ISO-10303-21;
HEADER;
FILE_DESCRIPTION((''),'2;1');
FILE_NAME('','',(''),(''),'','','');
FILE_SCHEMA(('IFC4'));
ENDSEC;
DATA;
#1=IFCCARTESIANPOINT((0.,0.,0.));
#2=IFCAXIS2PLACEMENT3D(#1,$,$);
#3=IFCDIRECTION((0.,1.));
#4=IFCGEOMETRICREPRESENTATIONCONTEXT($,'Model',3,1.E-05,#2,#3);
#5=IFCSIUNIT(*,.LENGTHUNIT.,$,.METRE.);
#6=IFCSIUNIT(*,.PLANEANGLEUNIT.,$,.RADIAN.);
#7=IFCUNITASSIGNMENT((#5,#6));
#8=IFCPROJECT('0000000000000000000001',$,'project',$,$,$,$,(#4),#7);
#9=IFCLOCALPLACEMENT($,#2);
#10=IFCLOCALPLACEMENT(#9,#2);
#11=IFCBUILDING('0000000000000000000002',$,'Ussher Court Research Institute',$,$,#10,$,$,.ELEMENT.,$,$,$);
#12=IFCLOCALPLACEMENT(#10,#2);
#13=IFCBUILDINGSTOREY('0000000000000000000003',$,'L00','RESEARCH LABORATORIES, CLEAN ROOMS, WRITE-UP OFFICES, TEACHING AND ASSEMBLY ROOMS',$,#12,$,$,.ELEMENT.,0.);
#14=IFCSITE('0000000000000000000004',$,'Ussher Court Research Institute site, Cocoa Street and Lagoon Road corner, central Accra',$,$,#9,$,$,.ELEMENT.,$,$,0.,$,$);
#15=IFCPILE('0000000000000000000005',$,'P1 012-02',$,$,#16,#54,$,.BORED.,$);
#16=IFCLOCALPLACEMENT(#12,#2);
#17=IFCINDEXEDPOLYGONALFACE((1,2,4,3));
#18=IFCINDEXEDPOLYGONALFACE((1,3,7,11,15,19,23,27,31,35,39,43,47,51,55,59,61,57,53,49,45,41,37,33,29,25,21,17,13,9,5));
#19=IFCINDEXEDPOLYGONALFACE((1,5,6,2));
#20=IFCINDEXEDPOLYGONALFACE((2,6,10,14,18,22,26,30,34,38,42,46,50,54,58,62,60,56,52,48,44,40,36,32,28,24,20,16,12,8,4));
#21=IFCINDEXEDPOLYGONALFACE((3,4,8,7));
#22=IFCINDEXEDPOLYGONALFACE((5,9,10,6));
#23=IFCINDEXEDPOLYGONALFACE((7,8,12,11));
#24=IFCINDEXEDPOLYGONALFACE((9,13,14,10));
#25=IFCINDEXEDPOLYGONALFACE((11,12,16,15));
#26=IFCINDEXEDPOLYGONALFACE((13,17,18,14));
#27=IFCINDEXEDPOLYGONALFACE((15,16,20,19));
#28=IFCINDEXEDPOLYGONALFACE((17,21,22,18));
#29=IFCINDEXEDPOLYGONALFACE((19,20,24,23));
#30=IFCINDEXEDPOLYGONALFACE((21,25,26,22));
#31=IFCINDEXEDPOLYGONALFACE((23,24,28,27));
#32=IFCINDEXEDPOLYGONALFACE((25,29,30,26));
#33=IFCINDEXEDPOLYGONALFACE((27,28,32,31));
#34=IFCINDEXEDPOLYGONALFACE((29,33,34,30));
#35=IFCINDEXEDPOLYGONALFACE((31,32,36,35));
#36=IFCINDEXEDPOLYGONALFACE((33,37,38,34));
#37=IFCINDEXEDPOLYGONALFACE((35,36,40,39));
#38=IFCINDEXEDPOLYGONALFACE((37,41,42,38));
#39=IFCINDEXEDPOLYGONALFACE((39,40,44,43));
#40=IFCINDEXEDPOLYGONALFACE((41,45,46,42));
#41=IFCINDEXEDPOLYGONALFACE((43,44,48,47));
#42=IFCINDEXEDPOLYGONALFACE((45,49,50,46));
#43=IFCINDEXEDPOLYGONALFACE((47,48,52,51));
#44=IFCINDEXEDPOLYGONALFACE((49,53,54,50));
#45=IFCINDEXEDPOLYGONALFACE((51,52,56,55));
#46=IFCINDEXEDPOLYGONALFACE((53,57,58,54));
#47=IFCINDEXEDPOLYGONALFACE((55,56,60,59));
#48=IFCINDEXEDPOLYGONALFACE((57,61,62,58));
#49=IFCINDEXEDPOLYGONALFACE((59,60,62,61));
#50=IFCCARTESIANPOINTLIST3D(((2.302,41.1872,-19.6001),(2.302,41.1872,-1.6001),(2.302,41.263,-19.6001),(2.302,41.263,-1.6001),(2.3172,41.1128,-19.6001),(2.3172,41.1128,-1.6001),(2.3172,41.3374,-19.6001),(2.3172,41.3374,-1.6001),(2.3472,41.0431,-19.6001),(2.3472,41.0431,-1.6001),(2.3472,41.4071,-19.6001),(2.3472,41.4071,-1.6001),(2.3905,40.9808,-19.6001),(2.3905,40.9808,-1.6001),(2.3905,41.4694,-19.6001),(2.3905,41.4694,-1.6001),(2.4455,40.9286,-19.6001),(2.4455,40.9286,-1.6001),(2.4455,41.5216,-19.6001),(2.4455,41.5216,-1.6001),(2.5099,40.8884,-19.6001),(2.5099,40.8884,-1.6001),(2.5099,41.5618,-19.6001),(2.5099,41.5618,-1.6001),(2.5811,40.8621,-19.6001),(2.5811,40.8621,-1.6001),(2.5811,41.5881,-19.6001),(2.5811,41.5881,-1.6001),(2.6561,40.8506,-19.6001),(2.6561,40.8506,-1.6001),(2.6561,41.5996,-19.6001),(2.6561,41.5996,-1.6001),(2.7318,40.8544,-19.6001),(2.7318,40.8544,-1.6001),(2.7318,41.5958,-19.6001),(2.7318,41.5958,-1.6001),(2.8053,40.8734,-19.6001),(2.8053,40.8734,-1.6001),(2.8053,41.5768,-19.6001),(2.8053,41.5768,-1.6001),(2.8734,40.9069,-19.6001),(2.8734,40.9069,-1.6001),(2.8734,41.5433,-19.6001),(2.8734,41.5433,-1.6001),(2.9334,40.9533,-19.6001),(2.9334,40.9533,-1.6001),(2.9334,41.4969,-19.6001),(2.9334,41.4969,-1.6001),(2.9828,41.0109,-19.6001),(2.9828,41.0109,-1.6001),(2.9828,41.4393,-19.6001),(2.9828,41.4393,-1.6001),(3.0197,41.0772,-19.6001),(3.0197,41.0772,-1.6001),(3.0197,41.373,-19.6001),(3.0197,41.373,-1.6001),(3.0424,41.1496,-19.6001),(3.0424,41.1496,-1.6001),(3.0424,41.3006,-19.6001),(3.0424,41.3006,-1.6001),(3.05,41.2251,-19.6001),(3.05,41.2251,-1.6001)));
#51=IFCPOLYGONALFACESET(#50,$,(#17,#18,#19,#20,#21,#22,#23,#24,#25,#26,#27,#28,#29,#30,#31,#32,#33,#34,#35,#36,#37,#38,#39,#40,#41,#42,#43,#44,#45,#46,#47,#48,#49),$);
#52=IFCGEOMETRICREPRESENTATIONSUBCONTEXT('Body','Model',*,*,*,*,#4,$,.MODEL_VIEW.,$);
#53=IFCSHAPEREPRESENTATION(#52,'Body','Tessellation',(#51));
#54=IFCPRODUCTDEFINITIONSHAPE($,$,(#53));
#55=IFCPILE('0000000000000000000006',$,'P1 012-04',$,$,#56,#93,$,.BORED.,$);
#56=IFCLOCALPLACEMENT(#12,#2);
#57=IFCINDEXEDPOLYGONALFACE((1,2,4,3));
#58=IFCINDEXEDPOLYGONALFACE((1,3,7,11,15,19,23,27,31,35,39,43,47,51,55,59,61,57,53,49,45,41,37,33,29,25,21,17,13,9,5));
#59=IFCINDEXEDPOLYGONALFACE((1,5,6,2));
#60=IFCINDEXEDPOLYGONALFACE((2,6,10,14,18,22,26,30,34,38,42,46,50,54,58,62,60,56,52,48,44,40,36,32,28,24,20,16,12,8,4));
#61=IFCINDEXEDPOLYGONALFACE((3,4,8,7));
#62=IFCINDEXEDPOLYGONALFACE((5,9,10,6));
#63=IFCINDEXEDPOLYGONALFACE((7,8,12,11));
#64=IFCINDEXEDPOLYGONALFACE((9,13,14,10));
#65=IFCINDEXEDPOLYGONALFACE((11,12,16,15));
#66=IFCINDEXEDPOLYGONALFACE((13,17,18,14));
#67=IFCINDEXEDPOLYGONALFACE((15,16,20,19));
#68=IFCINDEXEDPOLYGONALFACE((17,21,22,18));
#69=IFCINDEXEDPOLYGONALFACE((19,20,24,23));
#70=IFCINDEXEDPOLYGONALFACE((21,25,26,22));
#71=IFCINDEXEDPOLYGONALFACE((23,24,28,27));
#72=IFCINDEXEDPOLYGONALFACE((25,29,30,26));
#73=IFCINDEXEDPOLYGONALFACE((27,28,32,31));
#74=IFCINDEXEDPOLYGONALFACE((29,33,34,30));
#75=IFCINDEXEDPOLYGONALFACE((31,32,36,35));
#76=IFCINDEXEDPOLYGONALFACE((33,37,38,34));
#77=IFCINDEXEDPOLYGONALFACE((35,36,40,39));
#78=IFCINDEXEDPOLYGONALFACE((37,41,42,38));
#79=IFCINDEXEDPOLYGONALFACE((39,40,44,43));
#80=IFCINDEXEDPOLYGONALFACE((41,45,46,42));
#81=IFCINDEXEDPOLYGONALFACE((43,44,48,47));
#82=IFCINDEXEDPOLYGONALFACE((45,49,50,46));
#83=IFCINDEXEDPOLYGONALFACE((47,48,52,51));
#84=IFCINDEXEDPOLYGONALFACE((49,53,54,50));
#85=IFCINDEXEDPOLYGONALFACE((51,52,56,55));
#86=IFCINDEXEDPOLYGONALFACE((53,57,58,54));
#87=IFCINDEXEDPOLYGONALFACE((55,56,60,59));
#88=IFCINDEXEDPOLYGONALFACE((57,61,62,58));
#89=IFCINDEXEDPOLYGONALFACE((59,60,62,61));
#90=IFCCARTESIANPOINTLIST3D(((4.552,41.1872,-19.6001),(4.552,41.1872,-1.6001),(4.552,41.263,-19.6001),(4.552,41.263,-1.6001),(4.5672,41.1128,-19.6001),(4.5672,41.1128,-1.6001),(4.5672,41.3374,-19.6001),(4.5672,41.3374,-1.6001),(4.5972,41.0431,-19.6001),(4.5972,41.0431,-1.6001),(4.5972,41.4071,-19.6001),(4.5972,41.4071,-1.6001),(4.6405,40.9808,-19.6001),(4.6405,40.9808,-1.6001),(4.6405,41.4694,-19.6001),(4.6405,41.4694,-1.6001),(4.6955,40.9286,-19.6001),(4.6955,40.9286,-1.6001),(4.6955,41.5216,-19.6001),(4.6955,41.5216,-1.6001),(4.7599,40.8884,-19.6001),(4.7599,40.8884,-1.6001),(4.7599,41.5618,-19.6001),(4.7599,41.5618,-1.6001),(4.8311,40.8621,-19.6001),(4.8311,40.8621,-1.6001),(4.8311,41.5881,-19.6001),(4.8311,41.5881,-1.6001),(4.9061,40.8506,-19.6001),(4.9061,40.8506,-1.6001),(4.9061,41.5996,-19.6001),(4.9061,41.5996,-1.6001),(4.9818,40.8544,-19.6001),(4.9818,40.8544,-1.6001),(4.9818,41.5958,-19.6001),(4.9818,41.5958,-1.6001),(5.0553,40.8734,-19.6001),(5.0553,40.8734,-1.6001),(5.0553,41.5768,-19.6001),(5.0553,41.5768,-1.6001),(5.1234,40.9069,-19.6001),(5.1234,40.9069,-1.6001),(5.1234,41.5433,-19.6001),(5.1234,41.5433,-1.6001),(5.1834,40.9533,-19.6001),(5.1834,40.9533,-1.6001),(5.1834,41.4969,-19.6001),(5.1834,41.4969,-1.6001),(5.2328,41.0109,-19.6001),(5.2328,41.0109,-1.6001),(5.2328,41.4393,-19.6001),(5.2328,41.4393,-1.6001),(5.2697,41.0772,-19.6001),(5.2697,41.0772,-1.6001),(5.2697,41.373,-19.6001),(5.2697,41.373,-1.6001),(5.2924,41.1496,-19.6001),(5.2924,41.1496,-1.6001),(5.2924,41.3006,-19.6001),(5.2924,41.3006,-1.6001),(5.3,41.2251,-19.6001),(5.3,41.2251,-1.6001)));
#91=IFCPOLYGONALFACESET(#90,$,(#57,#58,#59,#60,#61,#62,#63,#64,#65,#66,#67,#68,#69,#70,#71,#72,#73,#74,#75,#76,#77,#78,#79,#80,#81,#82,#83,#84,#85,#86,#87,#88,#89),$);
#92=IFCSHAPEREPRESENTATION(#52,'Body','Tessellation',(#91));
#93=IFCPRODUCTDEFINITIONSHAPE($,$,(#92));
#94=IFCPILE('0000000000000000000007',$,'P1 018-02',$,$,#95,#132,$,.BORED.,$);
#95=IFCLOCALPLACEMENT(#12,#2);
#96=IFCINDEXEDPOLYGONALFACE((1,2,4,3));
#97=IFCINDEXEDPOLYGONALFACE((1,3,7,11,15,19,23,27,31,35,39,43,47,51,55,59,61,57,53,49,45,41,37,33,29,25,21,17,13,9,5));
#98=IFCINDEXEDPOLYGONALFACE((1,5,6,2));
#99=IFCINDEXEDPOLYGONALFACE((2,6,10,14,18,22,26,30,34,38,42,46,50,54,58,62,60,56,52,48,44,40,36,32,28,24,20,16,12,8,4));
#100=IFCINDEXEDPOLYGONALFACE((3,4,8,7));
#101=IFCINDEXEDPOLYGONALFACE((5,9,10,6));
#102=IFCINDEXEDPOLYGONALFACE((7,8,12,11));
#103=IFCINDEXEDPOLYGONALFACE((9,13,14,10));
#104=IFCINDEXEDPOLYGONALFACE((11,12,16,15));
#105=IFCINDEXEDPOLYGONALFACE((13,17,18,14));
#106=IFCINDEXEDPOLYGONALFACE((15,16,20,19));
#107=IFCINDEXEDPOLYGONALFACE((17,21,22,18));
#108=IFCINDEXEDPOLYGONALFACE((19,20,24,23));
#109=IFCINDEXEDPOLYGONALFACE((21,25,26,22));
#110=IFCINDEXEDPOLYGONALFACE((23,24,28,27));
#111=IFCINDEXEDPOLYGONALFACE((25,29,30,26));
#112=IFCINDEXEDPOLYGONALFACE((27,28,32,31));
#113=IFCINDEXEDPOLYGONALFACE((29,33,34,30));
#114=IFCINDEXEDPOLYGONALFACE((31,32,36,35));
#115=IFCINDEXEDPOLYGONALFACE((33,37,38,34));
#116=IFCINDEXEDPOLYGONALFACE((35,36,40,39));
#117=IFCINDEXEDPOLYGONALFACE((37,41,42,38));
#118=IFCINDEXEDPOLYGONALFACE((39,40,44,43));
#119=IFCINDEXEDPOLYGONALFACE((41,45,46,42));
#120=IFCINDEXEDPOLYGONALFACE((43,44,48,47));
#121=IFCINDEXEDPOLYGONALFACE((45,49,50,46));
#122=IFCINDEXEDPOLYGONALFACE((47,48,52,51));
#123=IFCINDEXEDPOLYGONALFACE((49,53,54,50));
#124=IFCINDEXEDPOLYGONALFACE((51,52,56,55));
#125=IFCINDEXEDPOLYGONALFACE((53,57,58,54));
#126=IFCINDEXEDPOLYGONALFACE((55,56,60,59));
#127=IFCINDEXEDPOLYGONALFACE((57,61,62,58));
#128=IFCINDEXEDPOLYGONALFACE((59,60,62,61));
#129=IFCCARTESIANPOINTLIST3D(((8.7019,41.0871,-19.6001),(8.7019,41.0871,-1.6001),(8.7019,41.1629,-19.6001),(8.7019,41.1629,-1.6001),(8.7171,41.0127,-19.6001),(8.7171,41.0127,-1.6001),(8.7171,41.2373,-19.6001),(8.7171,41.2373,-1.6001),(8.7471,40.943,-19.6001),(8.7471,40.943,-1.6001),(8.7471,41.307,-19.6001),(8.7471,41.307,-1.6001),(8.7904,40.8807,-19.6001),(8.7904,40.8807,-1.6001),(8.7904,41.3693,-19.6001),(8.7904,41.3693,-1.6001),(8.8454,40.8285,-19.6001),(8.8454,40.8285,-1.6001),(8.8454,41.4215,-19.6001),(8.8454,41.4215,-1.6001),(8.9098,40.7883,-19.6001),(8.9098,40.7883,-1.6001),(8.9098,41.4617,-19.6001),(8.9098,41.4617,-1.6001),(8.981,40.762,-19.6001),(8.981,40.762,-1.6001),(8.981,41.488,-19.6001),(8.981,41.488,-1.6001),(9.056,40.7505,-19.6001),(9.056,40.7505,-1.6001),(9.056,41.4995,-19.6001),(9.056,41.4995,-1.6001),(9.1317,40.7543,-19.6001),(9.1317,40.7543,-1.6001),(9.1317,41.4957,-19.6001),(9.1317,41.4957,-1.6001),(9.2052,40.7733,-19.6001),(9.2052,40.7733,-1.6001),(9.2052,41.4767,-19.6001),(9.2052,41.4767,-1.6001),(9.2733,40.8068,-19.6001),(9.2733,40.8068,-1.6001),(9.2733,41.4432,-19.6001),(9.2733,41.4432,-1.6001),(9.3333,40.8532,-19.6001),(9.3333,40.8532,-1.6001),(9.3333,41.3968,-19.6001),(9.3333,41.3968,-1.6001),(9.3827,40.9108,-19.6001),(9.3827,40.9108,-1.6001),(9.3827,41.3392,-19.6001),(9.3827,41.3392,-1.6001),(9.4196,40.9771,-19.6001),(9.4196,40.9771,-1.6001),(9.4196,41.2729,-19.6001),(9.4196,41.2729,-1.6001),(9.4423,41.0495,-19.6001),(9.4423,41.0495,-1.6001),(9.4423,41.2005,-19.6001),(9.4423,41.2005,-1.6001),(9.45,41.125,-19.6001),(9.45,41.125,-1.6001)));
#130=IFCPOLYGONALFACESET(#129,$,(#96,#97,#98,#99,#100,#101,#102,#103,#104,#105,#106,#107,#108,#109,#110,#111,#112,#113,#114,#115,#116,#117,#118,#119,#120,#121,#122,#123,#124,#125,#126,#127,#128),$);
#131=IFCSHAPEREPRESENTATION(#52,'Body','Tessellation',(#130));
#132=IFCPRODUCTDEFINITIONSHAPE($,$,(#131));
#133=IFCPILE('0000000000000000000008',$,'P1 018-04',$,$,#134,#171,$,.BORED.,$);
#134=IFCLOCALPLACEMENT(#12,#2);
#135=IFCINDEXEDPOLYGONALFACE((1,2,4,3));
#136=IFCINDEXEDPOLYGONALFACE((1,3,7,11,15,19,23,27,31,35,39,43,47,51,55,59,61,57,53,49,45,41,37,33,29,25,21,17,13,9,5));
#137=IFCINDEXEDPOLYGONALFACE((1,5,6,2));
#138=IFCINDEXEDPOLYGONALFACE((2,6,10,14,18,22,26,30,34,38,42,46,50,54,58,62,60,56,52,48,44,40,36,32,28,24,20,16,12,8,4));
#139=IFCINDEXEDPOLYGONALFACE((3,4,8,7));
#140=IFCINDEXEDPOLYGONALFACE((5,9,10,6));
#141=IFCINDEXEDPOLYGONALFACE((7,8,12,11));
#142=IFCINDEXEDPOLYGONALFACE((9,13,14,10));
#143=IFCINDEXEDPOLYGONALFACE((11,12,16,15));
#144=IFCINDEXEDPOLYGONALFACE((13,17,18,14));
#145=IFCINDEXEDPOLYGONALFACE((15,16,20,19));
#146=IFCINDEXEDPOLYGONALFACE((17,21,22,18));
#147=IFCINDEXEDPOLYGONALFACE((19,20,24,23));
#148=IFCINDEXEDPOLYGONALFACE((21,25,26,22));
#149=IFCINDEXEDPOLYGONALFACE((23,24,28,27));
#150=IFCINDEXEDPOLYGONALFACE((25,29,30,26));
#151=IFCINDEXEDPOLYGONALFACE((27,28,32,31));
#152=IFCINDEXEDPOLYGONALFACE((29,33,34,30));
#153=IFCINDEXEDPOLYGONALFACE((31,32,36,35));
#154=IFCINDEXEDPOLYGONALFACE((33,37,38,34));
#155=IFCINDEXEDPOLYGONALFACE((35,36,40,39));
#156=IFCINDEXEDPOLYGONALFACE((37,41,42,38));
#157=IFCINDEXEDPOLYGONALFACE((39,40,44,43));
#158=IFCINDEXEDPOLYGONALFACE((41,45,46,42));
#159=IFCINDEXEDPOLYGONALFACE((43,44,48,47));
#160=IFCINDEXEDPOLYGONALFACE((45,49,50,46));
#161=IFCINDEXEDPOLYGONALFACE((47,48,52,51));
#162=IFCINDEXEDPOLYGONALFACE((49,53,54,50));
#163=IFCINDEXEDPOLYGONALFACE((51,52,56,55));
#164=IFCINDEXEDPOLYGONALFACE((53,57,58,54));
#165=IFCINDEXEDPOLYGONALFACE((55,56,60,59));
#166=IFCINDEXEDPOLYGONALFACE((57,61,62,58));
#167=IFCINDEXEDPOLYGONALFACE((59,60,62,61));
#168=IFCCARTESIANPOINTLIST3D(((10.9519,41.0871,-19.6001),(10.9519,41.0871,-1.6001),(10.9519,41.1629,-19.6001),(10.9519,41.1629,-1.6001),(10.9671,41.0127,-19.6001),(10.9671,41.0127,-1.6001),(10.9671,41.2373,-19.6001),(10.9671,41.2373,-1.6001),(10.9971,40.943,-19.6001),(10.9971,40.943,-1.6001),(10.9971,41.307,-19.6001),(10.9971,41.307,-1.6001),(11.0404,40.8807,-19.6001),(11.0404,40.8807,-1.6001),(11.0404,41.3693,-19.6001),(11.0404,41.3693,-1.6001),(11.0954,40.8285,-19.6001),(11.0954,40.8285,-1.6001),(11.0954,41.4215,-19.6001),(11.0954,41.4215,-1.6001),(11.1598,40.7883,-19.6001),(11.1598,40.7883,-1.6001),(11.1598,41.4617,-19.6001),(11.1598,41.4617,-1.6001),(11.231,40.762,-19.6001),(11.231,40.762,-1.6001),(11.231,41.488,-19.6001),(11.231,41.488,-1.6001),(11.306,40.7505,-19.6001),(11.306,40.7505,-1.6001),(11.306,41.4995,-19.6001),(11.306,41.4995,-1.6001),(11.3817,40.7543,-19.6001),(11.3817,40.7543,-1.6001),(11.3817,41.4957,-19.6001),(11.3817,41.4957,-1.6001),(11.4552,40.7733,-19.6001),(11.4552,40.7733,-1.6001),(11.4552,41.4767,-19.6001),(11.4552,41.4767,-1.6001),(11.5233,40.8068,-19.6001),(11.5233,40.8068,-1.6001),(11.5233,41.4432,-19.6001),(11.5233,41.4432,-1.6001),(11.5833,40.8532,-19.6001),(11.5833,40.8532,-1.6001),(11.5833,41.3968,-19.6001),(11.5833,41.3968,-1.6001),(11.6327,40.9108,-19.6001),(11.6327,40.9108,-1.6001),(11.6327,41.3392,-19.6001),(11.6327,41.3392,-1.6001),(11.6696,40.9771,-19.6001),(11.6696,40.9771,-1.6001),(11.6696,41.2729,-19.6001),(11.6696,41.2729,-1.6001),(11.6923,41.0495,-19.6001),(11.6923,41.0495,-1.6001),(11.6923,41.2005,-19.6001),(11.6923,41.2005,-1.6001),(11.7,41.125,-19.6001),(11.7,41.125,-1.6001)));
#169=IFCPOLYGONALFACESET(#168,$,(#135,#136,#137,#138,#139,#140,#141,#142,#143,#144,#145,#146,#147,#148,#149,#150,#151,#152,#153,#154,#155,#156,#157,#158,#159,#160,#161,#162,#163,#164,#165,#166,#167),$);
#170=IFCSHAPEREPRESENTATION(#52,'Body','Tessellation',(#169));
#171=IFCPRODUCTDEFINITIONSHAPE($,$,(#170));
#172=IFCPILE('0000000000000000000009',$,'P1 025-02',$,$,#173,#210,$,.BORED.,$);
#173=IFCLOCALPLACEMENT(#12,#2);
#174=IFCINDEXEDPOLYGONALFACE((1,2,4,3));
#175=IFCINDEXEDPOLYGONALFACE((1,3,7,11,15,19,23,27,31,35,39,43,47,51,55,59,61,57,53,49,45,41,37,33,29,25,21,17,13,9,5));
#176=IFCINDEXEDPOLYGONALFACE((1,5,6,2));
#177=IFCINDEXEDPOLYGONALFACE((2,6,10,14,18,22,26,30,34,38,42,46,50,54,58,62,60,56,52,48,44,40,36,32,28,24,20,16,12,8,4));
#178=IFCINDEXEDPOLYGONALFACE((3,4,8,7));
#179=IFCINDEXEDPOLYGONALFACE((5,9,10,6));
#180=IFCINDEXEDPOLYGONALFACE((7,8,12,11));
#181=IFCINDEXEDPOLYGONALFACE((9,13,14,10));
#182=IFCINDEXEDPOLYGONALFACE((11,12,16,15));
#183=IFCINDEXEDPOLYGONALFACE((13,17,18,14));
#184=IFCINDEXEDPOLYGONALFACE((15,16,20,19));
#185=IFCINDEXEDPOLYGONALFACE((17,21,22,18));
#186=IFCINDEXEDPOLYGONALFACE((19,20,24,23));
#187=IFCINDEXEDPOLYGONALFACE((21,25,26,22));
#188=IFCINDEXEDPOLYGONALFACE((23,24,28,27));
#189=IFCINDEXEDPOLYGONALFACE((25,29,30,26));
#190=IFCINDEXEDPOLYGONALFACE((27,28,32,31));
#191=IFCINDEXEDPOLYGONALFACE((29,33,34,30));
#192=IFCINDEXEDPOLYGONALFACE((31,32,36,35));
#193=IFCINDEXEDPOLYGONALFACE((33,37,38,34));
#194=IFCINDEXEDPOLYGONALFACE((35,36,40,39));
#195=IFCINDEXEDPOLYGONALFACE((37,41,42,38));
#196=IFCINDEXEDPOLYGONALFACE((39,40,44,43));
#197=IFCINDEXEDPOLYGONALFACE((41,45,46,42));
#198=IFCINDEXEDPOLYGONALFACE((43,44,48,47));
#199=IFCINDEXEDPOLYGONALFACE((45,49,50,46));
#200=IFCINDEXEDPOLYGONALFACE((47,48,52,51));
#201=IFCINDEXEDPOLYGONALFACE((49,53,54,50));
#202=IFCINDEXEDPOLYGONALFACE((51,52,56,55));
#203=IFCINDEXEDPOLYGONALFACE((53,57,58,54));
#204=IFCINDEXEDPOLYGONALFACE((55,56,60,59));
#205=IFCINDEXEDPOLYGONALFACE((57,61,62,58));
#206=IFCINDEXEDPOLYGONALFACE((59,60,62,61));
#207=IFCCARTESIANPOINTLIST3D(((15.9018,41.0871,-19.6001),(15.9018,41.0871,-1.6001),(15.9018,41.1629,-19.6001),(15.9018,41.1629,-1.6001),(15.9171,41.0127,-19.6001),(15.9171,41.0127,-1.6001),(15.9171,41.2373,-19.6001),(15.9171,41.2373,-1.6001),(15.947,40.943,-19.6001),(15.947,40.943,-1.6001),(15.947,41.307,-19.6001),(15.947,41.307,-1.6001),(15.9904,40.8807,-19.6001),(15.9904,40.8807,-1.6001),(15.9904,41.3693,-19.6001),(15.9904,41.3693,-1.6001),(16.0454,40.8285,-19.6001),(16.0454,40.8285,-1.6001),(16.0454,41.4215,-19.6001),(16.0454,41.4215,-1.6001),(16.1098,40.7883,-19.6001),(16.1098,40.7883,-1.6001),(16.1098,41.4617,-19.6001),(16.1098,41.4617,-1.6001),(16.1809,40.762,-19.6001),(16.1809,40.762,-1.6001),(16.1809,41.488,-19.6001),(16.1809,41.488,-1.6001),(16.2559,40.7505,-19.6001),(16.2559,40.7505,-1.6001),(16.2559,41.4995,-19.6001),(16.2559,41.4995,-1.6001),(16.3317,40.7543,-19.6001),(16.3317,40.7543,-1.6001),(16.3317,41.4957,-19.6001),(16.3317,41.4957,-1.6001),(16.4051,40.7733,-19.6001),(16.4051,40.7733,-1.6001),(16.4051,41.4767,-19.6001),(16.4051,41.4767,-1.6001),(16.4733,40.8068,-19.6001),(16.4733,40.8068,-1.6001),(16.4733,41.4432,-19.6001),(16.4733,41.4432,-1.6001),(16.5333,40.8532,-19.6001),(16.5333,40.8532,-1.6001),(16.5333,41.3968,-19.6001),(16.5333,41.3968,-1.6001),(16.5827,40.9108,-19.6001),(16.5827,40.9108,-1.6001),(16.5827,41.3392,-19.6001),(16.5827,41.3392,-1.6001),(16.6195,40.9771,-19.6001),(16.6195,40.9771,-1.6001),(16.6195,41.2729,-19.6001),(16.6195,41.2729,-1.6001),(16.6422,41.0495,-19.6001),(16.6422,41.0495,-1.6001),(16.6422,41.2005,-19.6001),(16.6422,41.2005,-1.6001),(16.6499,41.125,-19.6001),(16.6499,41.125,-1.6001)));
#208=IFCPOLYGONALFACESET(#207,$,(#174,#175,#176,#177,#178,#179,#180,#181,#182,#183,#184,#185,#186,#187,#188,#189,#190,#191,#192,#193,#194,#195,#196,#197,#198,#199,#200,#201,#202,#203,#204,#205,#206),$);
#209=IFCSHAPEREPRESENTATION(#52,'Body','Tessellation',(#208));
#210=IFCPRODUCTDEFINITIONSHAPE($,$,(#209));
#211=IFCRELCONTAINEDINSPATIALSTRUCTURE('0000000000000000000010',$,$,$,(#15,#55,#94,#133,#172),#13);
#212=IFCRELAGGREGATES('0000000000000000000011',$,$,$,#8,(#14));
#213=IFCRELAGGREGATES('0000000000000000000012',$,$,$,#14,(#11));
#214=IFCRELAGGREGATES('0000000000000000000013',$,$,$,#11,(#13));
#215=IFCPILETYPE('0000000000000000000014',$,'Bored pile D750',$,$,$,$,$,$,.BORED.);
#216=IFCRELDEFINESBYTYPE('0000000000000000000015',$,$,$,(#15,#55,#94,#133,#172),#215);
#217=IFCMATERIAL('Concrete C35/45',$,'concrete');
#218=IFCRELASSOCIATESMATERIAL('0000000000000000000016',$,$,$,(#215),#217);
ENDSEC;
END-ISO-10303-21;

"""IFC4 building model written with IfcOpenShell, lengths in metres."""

from ifc_helpers import new_model, si_unit, direction, frame, origin, origin_2d, place, context, subcontext, project, spatial, circle, extrude, material, material_profile, profile_set, type_object, element, save


model = new_model("IFC4")

# Units and contexts
model_context = context("Model", 3, precision=1e-05, world=origin(), true_north=direction((0.0, 1.0)))
body_context = subcontext(model_context, "Body", "Model", "MODEL_VIEW")
ifc_project = project(units=[si_unit("LENGTHUNIT", "METRE"), si_unit("PLANEANGLEUNIT", "RADIAN")], contexts=[model_context])

# Site, building, storey
site_placement = place(None, origin())
site = spatial("IfcSite", under=ifc_project, at=site_placement, Name="Ussher Court Research Institute site, Cocoa Street and Lagoon Road corner, central Accra", CompositionType="ELEMENT", RefElevation=0.0)
building_placement = place(site_placement, origin())
building = spatial("IfcBuilding", under=site, at=building_placement, Name="Ussher Court Research Institute", CompositionType="ELEMENT")
storey_placement = place(building_placement, origin())
storey = spatial("IfcBuildingStorey", under=building, at=storey_placement, Name="L00", Description="RESEARCH LABORATORIES, CLEAN ROOMS, WRITE-UP OFFICES, TEACHING AND ASSEMBLY ROOMS", CompositionType="ELEMENT", Elevation=0.0)

# Piles
ifc_material_1 = material(Name="Concrete C35/45", Category="concrete")
ifc_material_profile_1 = material_profile(ifc_material_1, circle(Radius=0.375, at=origin_2d()), Name="RC D750")
ifc_profile_set_1 = profile_set([ifc_material_profile_1], Name="Concrete C35/45")
pile_type_1 = type_object("IfcPileType", Name="Bored pile D750", PredefinedType="BORED", material=ifc_profile_set_1)
for number, where, z_axis, x_axis, name in (
    (1, (2.675, 41.2251, -1.6001), (0.0, 0.0, -1.0), (1.0, 0.0, 0.0), "P1 012-02"),
    (2, (4.925, 41.2251, -1.6001), (0.0, 0.0, -1.0), (1.0, 0.0, 0.0), "P1 012-04"),
    (3, (9.075, 41.125, -1.6001), (0.0, 0.0, -1.0), (1.0, 0.0, 0.0), "P1 018-02"),
    (4, (11.325, 41.125, -1.6001), (0.0, 0.0, -1.0), (1.0, 0.0, 0.0), "P1 018-04"),
    (5, (16.2749, 41.125, -1.6001), (0.0, 0.0, -1.0), (1.0, 0.0, 0.0), "P1 025-02"),
):
    element("IfcPile", number, at=place(storey_placement, frame(where, z_axis=z_axis, x_axis=x_axis)), inside=storey, type_object=pile_type_1, Name=name, PredefinedType="BORED", context=body_context, shape_type="SweptSolid", body=[
        extrude(circle(Radius=0.375, at=origin_2d()), origin(), (0.0, 0.0, 1.0), 18.0),
    ])

save(model, "model.ifc")
